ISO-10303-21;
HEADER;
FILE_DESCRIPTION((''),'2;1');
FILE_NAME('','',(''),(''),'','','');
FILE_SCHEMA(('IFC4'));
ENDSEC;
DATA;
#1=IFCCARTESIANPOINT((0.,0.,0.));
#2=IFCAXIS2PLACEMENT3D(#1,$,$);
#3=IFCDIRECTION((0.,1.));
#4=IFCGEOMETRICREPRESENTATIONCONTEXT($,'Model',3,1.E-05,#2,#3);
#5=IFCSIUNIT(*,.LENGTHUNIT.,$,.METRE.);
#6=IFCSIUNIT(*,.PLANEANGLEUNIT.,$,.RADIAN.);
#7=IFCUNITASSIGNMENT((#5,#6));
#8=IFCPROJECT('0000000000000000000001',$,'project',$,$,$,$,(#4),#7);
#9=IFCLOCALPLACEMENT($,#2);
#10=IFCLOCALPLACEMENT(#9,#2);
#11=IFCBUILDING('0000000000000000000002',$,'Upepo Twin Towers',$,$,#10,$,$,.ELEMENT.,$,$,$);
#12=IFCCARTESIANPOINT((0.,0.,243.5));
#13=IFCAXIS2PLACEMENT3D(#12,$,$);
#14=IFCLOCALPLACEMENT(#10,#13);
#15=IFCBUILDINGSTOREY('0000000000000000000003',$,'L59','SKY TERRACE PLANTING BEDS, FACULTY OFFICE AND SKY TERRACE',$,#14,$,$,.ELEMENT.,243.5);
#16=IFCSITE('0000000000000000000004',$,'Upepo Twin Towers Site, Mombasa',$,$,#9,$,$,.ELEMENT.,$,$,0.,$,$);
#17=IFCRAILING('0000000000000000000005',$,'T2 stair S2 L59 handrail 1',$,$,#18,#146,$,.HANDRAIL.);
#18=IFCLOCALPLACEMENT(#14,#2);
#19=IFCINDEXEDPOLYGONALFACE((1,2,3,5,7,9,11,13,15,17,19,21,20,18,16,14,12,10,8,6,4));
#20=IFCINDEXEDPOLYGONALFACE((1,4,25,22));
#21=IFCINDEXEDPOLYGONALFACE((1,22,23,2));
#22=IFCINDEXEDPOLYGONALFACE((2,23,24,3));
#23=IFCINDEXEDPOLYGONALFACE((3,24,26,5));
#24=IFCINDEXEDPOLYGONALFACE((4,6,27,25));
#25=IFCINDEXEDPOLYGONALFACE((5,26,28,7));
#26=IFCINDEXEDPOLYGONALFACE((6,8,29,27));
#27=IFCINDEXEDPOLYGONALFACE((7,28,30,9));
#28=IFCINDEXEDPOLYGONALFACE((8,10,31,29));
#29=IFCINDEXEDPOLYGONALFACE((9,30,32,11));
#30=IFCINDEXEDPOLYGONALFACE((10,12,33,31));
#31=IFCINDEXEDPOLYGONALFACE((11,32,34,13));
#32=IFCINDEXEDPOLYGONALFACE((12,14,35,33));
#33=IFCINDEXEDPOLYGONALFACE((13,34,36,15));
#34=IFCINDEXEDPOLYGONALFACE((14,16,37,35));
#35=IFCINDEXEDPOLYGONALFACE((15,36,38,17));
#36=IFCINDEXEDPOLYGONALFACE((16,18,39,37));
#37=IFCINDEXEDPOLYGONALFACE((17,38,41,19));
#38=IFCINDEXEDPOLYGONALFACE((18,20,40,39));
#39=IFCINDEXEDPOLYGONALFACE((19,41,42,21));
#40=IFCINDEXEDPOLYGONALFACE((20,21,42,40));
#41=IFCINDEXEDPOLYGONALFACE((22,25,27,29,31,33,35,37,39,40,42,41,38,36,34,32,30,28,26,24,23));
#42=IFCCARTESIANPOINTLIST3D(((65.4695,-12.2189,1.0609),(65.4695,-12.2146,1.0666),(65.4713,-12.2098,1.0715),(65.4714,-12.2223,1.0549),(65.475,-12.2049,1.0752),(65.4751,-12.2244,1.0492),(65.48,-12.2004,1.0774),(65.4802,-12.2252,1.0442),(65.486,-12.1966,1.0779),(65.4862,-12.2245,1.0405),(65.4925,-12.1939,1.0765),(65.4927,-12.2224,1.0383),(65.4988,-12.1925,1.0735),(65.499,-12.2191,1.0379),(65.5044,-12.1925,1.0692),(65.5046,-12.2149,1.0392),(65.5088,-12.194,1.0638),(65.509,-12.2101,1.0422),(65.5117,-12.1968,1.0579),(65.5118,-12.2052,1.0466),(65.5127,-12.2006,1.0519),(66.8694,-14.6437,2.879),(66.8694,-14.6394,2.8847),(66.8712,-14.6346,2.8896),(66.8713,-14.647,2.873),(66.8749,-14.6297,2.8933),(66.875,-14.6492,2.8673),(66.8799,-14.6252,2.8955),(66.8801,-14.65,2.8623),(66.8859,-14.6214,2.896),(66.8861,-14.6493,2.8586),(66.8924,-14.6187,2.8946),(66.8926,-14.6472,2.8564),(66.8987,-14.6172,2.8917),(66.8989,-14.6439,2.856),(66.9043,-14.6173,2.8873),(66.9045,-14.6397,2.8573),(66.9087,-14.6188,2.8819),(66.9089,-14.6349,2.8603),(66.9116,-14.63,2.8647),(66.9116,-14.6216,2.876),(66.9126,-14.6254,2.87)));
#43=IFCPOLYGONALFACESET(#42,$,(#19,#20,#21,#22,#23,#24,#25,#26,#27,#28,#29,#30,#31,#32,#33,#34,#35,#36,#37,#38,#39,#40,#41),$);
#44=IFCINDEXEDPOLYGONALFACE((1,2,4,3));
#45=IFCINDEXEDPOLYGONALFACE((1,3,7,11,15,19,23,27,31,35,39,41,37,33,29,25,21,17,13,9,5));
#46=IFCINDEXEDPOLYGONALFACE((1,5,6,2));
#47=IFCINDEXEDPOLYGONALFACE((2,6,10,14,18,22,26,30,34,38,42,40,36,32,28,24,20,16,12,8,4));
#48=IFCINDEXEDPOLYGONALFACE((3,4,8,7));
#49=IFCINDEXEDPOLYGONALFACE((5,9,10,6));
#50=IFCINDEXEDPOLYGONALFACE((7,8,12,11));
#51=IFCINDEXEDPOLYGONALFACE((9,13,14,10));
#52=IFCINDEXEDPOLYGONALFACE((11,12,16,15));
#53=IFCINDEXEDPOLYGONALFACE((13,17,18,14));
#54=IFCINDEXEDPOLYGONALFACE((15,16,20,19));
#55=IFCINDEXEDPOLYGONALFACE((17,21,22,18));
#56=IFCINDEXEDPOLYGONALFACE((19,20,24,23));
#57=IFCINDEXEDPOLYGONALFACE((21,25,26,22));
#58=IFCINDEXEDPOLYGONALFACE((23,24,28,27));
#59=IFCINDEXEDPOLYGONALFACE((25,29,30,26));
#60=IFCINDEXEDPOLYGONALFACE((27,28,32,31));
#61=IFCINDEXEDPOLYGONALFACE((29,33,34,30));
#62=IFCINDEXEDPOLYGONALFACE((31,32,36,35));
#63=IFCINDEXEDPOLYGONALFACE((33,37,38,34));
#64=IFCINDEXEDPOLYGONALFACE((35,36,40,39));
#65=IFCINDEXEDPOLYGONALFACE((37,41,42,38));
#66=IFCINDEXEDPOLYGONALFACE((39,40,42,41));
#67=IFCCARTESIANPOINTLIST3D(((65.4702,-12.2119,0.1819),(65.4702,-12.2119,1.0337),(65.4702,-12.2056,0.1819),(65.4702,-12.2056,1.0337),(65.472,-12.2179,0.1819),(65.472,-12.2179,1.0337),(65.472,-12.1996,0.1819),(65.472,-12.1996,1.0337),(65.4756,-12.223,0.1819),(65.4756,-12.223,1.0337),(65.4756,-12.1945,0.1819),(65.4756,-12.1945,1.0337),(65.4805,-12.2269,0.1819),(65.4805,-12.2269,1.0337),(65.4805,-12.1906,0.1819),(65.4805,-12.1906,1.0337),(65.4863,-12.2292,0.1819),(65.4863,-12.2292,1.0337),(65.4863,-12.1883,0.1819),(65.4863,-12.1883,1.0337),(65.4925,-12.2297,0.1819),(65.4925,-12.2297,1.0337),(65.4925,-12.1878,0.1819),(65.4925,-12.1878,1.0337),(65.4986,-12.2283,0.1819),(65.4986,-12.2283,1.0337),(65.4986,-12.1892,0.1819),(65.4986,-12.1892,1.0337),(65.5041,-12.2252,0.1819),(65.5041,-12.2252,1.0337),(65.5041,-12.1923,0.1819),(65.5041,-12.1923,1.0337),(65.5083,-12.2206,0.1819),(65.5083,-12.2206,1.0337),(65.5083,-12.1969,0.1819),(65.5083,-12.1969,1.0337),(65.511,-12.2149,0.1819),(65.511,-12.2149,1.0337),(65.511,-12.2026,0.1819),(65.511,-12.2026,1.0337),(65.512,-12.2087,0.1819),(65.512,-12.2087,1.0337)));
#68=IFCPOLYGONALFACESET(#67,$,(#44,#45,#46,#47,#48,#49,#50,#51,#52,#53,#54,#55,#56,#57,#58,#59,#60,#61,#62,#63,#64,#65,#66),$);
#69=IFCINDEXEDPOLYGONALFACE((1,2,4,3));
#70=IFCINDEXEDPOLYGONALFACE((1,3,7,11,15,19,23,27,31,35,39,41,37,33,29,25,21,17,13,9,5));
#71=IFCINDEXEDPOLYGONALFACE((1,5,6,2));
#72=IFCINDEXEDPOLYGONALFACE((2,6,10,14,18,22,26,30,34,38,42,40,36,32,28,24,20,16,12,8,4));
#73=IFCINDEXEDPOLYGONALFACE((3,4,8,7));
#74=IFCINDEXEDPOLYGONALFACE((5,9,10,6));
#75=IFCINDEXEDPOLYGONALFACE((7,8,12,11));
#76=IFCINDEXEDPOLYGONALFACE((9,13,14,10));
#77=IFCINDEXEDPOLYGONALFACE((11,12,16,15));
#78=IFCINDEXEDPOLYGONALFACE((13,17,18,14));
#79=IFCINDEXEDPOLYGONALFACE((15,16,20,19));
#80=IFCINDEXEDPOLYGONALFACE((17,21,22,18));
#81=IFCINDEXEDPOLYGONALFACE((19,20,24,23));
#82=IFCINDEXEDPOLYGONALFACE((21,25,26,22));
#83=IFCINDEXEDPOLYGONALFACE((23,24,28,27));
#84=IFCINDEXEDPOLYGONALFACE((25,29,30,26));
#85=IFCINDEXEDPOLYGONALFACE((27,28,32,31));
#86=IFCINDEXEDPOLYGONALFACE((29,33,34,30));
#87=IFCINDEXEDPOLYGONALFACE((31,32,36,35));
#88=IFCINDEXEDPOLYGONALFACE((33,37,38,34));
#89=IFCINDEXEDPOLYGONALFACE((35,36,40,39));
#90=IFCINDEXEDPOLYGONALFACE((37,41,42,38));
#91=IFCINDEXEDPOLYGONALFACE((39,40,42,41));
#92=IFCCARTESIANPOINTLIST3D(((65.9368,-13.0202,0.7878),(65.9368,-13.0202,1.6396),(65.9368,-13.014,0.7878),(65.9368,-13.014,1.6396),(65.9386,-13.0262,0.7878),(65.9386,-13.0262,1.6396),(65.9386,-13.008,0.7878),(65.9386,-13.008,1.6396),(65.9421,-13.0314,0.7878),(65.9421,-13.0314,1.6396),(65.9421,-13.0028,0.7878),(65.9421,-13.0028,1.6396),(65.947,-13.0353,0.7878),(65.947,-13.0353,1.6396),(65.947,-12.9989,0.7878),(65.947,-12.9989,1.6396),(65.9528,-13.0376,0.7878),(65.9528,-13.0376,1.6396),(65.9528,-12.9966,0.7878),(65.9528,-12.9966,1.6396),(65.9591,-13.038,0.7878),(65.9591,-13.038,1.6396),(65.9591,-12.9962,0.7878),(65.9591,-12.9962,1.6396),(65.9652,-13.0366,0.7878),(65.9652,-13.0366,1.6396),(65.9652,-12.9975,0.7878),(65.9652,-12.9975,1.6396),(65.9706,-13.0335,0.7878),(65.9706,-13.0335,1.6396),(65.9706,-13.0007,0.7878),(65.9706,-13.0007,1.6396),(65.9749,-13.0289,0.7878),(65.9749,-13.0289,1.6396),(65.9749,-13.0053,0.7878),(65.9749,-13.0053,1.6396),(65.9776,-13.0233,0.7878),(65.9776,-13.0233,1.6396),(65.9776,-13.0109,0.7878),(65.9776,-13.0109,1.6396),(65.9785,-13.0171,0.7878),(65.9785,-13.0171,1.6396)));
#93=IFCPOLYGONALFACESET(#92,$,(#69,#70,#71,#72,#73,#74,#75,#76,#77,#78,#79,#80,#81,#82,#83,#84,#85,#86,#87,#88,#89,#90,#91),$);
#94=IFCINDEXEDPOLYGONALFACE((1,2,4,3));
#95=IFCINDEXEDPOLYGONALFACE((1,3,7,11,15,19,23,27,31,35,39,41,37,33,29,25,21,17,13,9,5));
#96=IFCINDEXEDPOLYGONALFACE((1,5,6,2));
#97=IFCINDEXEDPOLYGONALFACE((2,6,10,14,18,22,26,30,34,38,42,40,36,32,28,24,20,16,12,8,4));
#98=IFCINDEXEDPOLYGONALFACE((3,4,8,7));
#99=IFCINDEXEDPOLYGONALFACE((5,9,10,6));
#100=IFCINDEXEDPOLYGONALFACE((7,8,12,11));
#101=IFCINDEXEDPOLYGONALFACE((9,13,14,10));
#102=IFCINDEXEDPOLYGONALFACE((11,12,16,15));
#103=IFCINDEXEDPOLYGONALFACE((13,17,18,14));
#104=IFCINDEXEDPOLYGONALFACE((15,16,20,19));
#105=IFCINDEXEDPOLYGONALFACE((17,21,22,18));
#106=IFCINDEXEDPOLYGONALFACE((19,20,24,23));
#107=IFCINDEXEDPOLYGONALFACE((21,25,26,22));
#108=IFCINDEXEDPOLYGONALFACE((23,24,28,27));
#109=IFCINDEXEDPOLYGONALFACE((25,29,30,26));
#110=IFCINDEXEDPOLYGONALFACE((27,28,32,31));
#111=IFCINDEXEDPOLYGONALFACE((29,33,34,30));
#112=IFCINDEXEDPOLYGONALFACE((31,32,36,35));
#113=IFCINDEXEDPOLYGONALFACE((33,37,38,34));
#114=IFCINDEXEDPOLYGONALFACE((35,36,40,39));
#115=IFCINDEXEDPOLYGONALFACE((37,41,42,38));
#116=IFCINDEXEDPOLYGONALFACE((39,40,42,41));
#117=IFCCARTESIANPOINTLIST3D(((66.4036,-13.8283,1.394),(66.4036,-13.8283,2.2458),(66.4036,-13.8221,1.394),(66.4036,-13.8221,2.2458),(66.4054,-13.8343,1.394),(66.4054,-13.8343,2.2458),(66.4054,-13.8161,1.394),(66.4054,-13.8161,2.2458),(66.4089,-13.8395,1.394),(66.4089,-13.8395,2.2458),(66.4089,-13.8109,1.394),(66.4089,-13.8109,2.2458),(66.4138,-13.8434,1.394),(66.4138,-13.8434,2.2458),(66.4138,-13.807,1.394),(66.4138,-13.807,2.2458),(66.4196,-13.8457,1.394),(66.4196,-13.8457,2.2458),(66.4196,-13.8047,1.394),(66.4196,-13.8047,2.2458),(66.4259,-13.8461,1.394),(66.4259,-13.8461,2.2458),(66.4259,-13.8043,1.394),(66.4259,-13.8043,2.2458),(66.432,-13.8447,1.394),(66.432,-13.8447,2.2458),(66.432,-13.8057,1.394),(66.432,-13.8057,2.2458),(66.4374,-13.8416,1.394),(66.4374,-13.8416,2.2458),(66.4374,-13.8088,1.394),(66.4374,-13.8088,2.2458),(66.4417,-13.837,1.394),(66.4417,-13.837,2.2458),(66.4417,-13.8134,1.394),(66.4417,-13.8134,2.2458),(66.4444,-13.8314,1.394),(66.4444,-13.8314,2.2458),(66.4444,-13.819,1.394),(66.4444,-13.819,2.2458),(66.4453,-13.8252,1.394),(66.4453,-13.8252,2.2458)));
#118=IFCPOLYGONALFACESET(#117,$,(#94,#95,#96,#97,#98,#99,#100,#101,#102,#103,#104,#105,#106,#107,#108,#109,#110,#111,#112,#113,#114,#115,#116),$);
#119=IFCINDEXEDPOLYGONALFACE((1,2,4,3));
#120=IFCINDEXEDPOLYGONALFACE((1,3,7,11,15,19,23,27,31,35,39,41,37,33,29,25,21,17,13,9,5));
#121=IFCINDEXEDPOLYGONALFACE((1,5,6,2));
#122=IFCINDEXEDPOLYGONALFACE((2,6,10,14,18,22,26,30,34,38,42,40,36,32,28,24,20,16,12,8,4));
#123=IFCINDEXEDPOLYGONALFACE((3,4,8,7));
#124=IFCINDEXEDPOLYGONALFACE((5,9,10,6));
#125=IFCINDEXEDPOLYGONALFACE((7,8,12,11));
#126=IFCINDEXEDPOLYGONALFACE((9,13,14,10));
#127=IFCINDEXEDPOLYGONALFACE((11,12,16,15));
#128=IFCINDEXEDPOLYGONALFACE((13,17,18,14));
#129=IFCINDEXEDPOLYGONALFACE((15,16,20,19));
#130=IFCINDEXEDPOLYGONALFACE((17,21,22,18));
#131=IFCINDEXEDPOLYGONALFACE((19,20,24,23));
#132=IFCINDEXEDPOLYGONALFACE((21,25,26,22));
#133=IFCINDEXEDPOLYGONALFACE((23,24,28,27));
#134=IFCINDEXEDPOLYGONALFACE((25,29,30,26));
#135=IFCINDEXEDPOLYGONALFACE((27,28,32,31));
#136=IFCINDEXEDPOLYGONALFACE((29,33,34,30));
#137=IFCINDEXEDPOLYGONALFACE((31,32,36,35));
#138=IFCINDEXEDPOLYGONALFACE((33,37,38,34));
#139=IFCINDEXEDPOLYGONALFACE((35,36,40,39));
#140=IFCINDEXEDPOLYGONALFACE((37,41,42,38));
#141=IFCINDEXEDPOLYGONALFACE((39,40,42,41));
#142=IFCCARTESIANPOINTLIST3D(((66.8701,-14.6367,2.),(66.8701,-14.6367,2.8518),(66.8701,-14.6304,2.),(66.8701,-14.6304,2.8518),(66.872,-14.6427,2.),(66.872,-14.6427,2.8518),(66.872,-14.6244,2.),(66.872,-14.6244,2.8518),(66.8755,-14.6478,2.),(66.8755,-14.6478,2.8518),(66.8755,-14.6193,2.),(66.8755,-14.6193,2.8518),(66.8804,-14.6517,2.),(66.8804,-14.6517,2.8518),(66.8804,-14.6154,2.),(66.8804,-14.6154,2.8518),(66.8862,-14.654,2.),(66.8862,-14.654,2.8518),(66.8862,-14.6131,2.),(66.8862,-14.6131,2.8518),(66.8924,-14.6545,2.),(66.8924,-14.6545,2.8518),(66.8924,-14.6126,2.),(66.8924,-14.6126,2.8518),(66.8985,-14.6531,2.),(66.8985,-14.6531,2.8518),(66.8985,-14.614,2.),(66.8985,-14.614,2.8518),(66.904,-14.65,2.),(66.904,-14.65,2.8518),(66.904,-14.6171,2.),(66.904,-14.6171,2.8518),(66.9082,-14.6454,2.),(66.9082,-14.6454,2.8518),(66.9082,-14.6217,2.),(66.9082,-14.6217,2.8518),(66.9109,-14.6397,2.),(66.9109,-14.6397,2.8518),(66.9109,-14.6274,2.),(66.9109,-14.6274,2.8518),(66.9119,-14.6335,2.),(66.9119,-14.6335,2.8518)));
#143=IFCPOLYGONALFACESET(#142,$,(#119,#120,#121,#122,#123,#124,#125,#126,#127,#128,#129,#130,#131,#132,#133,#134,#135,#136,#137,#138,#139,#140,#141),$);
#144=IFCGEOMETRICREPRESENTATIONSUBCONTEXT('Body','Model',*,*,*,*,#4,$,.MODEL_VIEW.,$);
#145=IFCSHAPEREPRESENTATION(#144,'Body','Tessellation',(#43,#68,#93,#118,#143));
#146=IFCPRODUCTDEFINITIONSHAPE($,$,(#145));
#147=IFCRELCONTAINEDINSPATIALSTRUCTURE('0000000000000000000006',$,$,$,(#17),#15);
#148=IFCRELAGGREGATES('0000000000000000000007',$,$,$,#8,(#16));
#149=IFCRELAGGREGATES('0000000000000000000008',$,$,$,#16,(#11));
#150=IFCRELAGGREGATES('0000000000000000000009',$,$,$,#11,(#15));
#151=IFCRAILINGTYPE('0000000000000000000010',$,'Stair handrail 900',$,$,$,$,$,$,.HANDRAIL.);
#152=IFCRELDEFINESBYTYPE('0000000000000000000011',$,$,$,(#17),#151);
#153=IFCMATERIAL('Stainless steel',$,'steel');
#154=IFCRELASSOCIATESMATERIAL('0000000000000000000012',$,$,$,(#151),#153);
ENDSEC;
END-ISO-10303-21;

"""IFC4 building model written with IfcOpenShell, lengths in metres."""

from ifc_helpers import new_model, si_unit, direction, frame, origin, origin_2d, place, context, subcontext, project, spatial, circle, extrude, material, type_object, element, save


model = new_model("IFC4")

# Units and contexts
model_context = context("Model", 3, precision=1e-05, world=origin(), true_north=direction((0.0, 1.0)))
body_context = subcontext(model_context, "Body", "Model", "MODEL_VIEW")
ifc_project = project(units=[si_unit("LENGTHUNIT", "METRE"), si_unit("PLANEANGLEUNIT", "RADIAN")], contexts=[model_context])

# Site, building, storey
site_placement = place(None, origin())
site = spatial("IfcSite", under=ifc_project, at=site_placement, Name="Upepo Twin Towers Site, Mombasa", CompositionType="ELEMENT", RefElevation=0.0)
building_placement = place(site_placement, origin())
building = spatial("IfcBuilding", under=site, at=building_placement, Name="Upepo Twin Towers", CompositionType="ELEMENT")
storey_placement = place(building_placement, frame((0.0, 0.0, 243.5)))
storey = spatial("IfcBuildingStorey", under=building, at=storey_placement, Name="L59", Description="SKY TERRACE PLANTING BEDS, FACULTY OFFICE AND SKY TERRACE", CompositionType="ELEMENT", Elevation=243.5)

# Railing
ifc_material_1 = material(Name="Stainless steel", Category="steel")
railing_type = type_object("IfcRailingType", Name="Stair handrail 900", PredefinedType="HANDRAIL", material=ifc_material_1)
railing_1_placement = place(storey_placement, frame((65.491, -12.2087, 0.1819)))
element("IfcRailing", 1, at=railing_1_placement, inside=storey, type_object=railing_type, Name="T2 stair S2 L59 handrail 1", PredefinedType="HANDRAIL", context=body_context, shape_type="SweptSolid", body=[
    extrude(circle(Radius=0.0239, at=origin_2d()), frame((0.0, 0.0, 0.876), z_axis=(0.419333, -0.726336, 0.544606), x_axis=(0.866035, 0.499984, 0.0)), (0.0, 0.0, 1.0), 3.3384),
    extrude(circle(Radius=0.021, at=origin_2d()), origin(), (0.0, 0.0, 1.0), 0.8518),
    extrude(circle(Radius=0.021, at=origin_2d()), frame((0.4666, -0.8083, 0.606)), (0.0, 0.0, 1.0), 0.8518),
    extrude(circle(Radius=0.021, at=origin_2d()), frame((0.9333, -1.6165, 1.2122)), (0.0, 0.0, 1.0), 0.8518),
    extrude(circle(Radius=0.021, at=origin_2d()), frame((1.3999, -2.4248, 1.8181)), (0.0, 0.0, 1.0), 0.8518),
])

save(model, "model.ifc")
